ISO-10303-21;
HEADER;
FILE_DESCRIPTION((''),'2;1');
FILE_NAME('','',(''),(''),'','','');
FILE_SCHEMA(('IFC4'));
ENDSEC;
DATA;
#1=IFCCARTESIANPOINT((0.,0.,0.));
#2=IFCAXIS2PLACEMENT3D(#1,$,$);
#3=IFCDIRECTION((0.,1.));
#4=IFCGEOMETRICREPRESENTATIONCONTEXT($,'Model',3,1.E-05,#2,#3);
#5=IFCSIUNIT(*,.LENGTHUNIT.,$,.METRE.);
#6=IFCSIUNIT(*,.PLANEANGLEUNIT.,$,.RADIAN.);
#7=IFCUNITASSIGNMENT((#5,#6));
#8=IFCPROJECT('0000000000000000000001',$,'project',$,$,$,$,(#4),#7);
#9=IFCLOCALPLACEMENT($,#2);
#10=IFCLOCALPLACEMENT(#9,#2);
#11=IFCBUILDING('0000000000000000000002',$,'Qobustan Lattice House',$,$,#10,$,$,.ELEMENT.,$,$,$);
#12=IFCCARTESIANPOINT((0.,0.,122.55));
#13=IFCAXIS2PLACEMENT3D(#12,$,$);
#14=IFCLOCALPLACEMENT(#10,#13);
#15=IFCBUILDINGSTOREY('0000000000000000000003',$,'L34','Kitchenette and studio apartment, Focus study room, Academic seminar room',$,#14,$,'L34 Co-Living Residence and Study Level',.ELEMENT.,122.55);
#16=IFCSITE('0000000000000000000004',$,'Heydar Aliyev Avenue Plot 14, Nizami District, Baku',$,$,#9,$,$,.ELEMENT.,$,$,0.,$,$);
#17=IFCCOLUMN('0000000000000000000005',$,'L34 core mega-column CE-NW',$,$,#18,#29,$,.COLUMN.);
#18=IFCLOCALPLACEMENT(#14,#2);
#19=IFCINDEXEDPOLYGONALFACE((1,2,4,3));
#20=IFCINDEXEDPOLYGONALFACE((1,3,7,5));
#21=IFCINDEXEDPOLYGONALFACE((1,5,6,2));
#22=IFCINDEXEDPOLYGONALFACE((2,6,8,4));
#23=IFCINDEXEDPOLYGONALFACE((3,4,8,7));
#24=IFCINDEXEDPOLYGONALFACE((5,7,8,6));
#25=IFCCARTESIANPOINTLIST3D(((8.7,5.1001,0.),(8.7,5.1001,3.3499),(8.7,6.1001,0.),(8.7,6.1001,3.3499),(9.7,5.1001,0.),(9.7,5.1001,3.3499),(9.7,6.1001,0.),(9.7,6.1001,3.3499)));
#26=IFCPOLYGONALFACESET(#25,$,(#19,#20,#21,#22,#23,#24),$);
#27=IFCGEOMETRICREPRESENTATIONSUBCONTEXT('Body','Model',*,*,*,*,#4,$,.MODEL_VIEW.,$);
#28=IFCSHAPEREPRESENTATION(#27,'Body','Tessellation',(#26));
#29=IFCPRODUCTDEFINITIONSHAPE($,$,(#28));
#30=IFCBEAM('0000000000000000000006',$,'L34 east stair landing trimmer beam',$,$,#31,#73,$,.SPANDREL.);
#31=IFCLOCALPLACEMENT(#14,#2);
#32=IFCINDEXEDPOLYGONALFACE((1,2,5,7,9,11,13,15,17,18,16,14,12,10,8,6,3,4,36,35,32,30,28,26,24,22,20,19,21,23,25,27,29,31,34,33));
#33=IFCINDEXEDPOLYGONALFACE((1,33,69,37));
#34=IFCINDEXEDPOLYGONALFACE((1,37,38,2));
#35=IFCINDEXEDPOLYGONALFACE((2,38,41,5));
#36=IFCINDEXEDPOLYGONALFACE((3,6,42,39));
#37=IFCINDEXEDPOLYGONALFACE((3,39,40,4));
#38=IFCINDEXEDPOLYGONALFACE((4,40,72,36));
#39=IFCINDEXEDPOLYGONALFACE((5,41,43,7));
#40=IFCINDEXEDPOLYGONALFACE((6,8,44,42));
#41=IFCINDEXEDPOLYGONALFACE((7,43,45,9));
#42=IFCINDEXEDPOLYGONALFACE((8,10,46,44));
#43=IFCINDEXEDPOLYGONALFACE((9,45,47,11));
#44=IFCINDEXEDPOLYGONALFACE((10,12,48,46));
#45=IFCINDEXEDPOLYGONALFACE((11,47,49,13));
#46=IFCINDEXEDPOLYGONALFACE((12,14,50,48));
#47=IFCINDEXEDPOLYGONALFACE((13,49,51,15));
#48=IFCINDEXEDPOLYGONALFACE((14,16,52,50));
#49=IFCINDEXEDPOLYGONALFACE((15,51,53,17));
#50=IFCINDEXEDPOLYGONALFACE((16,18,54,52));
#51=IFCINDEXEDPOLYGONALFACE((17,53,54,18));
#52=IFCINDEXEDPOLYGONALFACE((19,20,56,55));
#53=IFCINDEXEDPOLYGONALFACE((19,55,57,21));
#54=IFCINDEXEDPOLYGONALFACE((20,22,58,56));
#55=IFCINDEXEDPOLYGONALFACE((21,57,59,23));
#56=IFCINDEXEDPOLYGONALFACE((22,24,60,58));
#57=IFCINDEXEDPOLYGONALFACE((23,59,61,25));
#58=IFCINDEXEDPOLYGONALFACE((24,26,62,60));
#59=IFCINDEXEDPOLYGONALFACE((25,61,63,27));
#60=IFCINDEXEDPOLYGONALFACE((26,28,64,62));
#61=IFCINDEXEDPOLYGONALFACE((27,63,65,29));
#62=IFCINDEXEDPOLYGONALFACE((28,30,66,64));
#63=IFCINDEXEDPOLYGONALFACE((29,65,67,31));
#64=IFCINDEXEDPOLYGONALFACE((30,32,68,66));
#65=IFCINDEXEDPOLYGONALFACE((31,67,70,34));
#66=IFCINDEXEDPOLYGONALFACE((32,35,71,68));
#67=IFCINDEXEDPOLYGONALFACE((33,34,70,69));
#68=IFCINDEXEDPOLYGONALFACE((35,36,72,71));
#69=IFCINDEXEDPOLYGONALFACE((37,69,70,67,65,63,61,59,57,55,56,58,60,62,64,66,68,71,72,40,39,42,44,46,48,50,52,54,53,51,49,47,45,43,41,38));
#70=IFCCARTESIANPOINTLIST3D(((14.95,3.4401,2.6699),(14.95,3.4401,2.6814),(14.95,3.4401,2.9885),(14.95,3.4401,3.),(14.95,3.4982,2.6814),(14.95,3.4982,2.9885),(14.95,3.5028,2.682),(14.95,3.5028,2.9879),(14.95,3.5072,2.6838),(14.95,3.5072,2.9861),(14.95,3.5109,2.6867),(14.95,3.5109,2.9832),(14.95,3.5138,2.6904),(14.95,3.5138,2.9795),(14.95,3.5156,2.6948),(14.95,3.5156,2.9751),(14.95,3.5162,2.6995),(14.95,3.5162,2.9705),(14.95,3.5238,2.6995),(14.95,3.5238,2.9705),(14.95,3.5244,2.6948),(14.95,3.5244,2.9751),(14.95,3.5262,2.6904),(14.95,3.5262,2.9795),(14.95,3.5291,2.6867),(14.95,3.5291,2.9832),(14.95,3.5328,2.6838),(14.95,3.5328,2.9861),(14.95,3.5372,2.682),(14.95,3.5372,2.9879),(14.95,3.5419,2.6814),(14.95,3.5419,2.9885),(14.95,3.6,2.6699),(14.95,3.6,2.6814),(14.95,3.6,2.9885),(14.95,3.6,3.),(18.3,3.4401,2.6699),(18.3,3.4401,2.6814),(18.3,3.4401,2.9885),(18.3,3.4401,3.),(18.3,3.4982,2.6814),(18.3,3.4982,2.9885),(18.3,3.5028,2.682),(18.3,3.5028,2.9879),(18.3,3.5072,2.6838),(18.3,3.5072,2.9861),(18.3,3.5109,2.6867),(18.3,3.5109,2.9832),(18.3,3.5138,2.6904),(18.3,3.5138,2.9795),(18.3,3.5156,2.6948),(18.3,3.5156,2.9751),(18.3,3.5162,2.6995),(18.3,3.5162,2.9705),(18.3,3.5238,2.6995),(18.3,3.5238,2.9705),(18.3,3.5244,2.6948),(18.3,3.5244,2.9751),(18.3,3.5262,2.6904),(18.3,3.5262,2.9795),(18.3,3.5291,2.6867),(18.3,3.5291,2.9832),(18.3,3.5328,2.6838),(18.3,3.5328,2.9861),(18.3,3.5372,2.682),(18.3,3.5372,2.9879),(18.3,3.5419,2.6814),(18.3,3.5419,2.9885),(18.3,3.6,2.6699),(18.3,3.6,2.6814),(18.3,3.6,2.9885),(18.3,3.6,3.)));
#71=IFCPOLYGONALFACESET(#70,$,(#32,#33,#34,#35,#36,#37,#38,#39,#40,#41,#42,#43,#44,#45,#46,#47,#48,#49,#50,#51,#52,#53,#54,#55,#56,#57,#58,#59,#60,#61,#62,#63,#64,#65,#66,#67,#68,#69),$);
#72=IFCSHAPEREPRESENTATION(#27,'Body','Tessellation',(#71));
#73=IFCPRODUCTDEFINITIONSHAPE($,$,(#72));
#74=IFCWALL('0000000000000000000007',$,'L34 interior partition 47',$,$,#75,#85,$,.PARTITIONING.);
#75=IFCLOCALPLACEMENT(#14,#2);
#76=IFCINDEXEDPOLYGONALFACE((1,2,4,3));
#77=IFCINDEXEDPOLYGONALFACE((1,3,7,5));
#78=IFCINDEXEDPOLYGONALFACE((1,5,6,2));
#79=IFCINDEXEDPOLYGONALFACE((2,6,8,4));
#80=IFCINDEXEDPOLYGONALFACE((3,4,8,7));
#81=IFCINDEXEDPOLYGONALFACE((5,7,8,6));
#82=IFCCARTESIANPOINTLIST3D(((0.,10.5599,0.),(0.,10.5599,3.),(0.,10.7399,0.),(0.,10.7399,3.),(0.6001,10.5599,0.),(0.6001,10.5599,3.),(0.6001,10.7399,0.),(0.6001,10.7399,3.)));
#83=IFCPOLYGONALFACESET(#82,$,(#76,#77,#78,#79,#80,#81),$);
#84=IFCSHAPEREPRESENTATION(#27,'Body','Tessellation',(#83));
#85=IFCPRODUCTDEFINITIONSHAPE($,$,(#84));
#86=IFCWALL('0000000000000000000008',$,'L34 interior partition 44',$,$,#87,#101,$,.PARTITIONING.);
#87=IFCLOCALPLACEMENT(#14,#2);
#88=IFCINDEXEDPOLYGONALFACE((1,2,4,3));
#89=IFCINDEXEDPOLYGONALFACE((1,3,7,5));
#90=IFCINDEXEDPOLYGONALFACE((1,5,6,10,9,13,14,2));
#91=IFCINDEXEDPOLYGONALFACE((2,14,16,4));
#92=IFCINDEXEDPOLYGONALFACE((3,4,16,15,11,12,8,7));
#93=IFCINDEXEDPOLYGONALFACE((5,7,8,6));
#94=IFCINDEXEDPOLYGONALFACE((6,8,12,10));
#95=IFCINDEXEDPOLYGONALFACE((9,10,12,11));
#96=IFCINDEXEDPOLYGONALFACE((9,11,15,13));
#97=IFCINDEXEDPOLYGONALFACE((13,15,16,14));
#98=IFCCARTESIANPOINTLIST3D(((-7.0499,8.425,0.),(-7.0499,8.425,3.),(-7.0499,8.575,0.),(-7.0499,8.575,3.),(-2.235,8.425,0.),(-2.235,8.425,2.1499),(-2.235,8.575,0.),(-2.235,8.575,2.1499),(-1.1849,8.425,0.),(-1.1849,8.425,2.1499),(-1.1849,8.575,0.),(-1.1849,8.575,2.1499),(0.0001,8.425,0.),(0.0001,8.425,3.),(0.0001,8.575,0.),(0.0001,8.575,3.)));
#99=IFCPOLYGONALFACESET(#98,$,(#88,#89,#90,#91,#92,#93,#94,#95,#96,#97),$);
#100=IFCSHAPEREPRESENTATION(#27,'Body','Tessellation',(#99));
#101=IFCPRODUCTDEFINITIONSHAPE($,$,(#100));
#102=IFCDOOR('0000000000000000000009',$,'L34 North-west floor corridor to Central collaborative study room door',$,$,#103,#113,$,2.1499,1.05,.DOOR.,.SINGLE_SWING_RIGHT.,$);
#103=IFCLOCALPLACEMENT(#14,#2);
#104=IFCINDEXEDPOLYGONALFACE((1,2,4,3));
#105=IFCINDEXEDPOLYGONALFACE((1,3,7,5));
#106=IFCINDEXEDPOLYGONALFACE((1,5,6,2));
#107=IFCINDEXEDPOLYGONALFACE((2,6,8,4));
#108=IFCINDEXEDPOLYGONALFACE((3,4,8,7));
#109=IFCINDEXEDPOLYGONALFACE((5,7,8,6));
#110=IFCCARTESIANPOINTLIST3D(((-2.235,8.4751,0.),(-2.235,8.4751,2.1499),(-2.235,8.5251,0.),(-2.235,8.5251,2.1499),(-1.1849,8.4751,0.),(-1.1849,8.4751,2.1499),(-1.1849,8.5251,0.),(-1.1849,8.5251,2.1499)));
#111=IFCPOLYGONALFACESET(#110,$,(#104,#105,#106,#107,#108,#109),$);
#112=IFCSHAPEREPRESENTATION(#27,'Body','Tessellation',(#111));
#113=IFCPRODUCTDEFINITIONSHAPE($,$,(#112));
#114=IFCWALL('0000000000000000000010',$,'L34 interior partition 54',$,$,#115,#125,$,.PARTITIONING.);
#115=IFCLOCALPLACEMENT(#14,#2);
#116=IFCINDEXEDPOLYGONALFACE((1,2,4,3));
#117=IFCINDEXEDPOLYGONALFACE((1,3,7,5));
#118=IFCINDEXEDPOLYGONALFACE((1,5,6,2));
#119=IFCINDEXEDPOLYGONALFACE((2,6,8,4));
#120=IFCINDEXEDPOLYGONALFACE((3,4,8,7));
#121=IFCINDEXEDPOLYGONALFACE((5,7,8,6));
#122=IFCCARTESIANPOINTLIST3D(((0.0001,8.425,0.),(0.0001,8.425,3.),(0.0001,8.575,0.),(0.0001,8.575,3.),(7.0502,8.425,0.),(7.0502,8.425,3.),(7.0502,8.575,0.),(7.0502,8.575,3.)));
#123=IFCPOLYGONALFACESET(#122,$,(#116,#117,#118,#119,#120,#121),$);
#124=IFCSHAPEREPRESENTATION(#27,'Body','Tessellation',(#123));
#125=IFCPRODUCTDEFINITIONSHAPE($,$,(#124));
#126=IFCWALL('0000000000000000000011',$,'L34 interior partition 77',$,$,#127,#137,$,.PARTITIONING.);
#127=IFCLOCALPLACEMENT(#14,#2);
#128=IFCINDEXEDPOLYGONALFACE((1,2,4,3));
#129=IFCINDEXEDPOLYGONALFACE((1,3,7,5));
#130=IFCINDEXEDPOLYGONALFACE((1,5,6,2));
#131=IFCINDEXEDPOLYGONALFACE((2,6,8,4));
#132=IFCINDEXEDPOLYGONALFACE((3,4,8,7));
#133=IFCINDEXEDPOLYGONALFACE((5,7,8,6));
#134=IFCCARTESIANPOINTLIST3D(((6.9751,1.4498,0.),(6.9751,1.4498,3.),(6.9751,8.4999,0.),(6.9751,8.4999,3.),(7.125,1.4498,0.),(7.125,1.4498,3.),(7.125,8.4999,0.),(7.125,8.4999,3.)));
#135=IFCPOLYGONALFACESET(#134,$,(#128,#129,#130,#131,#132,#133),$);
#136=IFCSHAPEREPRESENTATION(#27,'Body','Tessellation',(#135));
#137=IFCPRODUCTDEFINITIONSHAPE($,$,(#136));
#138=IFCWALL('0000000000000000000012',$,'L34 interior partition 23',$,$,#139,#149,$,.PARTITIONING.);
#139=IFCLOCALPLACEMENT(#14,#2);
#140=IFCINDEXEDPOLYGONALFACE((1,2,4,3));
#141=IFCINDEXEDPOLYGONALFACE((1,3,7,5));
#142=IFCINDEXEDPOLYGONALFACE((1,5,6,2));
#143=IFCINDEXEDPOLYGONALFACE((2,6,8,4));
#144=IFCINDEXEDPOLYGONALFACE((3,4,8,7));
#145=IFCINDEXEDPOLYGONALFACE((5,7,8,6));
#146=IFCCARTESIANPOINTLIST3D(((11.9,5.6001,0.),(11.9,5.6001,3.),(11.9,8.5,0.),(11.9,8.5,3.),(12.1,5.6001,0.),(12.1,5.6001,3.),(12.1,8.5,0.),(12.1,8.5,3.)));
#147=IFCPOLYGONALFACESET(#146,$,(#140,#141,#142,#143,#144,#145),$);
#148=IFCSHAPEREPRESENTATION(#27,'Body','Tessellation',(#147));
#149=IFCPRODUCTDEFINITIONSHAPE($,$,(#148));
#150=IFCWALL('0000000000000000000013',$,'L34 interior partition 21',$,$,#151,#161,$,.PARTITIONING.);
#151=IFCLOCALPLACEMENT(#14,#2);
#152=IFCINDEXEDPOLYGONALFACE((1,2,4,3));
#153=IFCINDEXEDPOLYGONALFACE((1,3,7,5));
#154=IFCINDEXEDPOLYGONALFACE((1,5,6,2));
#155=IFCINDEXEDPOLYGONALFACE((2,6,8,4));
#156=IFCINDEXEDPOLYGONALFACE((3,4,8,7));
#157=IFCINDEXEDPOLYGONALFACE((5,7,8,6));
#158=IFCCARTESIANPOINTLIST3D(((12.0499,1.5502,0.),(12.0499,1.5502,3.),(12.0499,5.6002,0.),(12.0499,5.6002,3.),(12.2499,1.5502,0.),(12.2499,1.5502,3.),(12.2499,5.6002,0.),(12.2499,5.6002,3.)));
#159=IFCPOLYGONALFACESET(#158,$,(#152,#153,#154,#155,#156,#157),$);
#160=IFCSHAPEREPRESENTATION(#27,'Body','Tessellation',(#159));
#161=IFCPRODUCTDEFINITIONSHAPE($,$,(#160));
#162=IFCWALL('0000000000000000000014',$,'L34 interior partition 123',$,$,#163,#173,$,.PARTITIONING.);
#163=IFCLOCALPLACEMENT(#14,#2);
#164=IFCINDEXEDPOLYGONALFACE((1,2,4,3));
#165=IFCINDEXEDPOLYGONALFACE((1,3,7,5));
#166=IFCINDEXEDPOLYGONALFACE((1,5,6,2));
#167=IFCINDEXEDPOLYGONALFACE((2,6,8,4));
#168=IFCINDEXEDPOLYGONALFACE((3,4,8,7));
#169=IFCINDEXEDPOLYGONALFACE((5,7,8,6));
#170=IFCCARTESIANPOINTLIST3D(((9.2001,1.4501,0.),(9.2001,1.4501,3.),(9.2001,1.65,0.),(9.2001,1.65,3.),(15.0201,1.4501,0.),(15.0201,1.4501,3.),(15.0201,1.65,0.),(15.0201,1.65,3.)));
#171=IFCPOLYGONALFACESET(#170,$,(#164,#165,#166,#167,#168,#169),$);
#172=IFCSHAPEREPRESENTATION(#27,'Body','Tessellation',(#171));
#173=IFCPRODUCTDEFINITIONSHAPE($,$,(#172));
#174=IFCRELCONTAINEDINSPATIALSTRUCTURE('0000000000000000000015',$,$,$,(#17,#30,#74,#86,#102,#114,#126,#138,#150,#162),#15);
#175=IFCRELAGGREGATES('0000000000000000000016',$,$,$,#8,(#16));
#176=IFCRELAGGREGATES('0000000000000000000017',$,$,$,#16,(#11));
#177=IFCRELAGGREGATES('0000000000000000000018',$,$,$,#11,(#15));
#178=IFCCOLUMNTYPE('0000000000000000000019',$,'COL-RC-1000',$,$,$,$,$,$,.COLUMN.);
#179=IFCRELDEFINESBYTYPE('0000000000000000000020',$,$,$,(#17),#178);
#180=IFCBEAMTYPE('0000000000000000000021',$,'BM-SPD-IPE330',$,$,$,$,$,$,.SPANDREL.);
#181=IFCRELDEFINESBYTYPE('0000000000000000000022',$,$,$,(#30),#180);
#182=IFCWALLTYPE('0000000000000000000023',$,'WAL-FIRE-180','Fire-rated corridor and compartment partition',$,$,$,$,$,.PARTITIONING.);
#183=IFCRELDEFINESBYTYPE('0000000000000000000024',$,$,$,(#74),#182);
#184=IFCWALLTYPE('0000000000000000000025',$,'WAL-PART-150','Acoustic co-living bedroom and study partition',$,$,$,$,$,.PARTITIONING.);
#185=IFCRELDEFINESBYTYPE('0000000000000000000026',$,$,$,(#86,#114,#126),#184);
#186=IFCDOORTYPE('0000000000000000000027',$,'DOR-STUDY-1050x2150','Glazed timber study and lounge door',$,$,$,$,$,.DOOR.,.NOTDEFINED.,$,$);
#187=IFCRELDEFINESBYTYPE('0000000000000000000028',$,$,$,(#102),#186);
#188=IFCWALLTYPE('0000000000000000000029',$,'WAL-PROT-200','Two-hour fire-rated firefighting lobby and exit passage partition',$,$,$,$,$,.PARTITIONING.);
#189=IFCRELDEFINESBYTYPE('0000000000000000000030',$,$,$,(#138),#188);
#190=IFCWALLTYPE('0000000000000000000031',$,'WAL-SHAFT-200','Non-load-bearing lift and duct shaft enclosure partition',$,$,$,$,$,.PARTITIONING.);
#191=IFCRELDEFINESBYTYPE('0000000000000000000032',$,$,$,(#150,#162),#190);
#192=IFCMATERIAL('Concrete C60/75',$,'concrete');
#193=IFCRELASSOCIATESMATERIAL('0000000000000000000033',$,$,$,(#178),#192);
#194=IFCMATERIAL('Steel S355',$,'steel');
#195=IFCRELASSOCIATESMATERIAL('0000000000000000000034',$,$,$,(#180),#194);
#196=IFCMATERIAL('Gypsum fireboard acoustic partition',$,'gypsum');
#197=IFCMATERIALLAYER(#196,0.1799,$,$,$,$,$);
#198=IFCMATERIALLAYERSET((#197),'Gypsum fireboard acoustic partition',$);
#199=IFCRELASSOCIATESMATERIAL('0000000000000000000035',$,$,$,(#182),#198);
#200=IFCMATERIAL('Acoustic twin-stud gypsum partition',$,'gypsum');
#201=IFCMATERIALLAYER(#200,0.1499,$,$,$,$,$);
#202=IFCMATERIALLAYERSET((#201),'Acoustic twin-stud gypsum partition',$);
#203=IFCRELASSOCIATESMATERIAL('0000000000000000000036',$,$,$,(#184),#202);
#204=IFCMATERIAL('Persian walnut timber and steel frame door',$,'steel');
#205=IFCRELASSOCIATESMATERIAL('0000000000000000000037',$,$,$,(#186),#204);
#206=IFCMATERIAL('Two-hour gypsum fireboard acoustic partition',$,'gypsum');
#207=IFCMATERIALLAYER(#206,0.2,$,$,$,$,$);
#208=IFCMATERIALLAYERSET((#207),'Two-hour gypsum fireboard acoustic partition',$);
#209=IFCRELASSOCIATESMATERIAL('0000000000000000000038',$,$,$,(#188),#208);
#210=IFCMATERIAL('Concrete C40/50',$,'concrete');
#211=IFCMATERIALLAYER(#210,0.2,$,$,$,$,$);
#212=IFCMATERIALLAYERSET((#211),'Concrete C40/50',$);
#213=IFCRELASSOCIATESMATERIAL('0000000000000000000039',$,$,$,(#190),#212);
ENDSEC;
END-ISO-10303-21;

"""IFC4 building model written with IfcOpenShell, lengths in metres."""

from ifc_helpers import new_model, si_unit, direction, frame, frame_2d, origin, origin_2d, place, context, subcontext, project, spatial, rectangle, i_section, extrude, material, layer, layer_set, material_profile, profile_set, type_object, element, fill, save


model = new_model("IFC4")

# Units and contexts
model_context = context("Model", 3, precision=1e-05, world=origin(), true_north=direction((0.0, 1.0)))
body_context = subcontext(model_context, "Body", "Model", "MODEL_VIEW")
ifc_project = project(units=[si_unit("LENGTHUNIT", "METRE"), si_unit("PLANEANGLEUNIT", "RADIAN")], contexts=[model_context])

# Site, building, storey
site_placement = place(None, origin())
site = spatial("IfcSite", under=ifc_project, at=site_placement, Name="Heydar Aliyev Avenue Plot 14, Nizami District, Baku", CompositionType="ELEMENT", RefElevation=0.0)
building_placement = place(site_placement, origin())
building = spatial("IfcBuilding", under=site, at=building_placement, Name="Qobustan Lattice House", CompositionType="ELEMENT")
storey_placement = place(building_placement, frame((0.0, 0.0, 122.55)))
storey = spatial("IfcBuildingStorey", under=building, at=storey_placement, Name="L34", Description="Kitchenette and studio apartment, Focus study room, Academic seminar room", LongName="L34 Co-Living Residence and Study Level", CompositionType="ELEMENT", Elevation=122.55)

# Column
ifc_material_1 = material(Name="Concrete C60/75", Category="concrete")
ifc_material_profile_1 = material_profile(ifc_material_1, rectangle(XDim=1.0, YDim=1.0, at=origin_2d()), Name="RC1000x1000")
ifc_profile_set_1 = profile_set([ifc_material_profile_1], Name="Concrete C60/75")
column_type = type_object("IfcColumnType", Name="COL-RC-1000", PredefinedType="COLUMN", material=ifc_profile_set_1)
column_placement = place(storey_placement, frame((9.2, 5.6001, 0.0), z_axis=(0.0, 0.0, 1.0), x_axis=(1.0, 0.0, 0.0)))
element("IfcColumn", 1, at=column_placement, inside=storey, type_object=column_type, Name="L34 core mega-column CE-NW", PredefinedType="COLUMN", context=body_context, shape_type="SweptSolid", body=[
    extrude(rectangle(XDim=1.0, YDim=1.0, at=origin_2d()), origin(), (0.0, 0.0, 1.0), 3.3499),
])

# Beam
ifc_material_2 = material(Name="Steel S355", Category="steel")
ifc_material_profile_2 = material_profile(ifc_material_2, i_section(OverallWidth=0.1599, OverallDepth=0.3301, WebThickness=0.0076, FlangeThickness=0.0115, FilletRadius=0.0181, at=origin_2d()), Name="IPE330")
ifc_profile_set_2 = profile_set([ifc_material_profile_2], Name="Steel S355")
beam_type = type_object("IfcBeamType", Name="BM-SPD-IPE330", PredefinedType="SPANDREL", material=ifc_profile_set_2)
beam_placement = place(storey_placement, frame((14.95, 3.52, 2.835), z_axis=(1.0, 0.0, 0.0), x_axis=(0.0, 1.0, 0.0)))
element("IfcBeam", 2, at=beam_placement, inside=storey, type_object=beam_type, Name="L34 east stair landing trimmer beam", PredefinedType="SPANDREL", context=body_context, shape_type="SweptSolid", body=[
    extrude(i_section(OverallWidth=0.1599, OverallDepth=0.3301, WebThickness=0.0076, FlangeThickness=0.0115, FilletRadius=0.0181, at=origin_2d()), origin(), (0.0, 0.0, 1.0), 3.3501),
])

# Wall
ifc_material_3 = material(Name="Gypsum fireboard acoustic partition", Category="gypsum")
ifc_layer_1 = layer(ifc_material_3, 0.1799)
ifc_layer_set_1 = layer_set([ifc_layer_1], Name="Gypsum fireboard acoustic partition")
wall_type_1 = type_object("IfcWallType", Name="WAL-FIRE-180", Description="Fire-rated corridor and compartment partition", PredefinedType="PARTITIONING", material=ifc_layer_set_1)
wall_1_placement = place(storey_placement, frame((0.0, 10.6499, 0.0), z_axis=(0.0, 0.0, 1.0), x_axis=(1.0, 0.0, 0.0)))
element("IfcWall", 3, at=wall_1_placement, inside=storey, type_object=wall_type_1, Name="L34 interior partition 47", PredefinedType="PARTITIONING", context=body_context, shape_type="SweptSolid", body=[
    extrude(rectangle(XDim=0.6001, YDim=0.1799, at=frame_2d((0.3, 0.0))), origin(), (0.0, 0.0, 1.0), 3.0),
])

# Wall, opening, door
ifc_material_4 = material(Name="Acoustic twin-stud gypsum partition", Category="gypsum")
ifc_layer_2 = layer(ifc_material_4, 0.1499)
ifc_layer_set_2 = layer_set([ifc_layer_2], Name="Acoustic twin-stud gypsum partition")
wall_type_2 = type_object("IfcWallType", Name="WAL-PART-150", Description="Acoustic co-living bedroom and study partition", PredefinedType="PARTITIONING", material=ifc_layer_set_2)
wall_2_placement = place(storey_placement, frame((0.0, 8.5, 0.0), z_axis=(0.0, 0.0, 1.0), x_axis=(-1.0, 0.0, 0.0)))
wall_2 = element("IfcWall", 4, at=wall_2_placement, inside=storey, type_object=wall_type_2, Name="L34 interior partition 44", PredefinedType="PARTITIONING", context=body_context, shape_type="SweptSolid", body=[
    extrude(rectangle(XDim=7.05, YDim=0.1499, at=frame_2d((3.5249, 0.0))), origin(), (0.0, 0.0, 1.0), 3.0),
])
opening_1_placement = place(wall_2_placement, frame((1.1851, 0.0, 0.0)))
opening_1 = element("IfcOpeningElement", 5, at=opening_1_placement, cuts=wall_2, PredefinedType="OPENING", context=body_context, shape_type="SweptSolid", body=[
    extrude(rectangle(XDim=1.05, YDim=2.1499, at=frame_2d((0.5249, 1.075))), frame((0.0, 0.085, 0.0), z_axis=(0.0, -1.0, 0.0), x_axis=(1.0, 0.0, 0.0)), (0.0, 0.0, 1.0), 0.1699),
])
ifc_material_5 = material(Name="Persian walnut timber and steel frame door", Category="steel")
door_type_1 = type_object("IfcDoorType", Name="DOR-STUDY-1050x2150", Description="Glazed timber study and lounge door", OperationType="NOTDEFINED", PredefinedType="DOOR", material=ifc_material_5)
door_1_placement = place(opening_1_placement, origin())
door_1 = element("IfcDoor", 6, at=door_1_placement, inside=storey, type_object=door_type_1, Name="L34 North-west floor corridor to Central collaborative study room door", OperationType="SINGLE_SWING_RIGHT", OverallHeight=2.1499, OverallWidth=1.05, PredefinedType="DOOR", context=body_context, shape_type="SweptSolid", body=[
    extrude(rectangle(XDim=1.05, YDim=2.1499, at=frame_2d((0.5249, 1.075))), frame((0.0, 0.0249, 0.0), z_axis=(0.0, -1.0, 0.0), x_axis=(1.0, 0.0, 0.0)), (0.0, 0.0, 1.0), 0.05),
])
fill(opening_1, door_1)

# Walls
for number, where, z_axis, x_axis, name in (
    (7, (7.05, 8.5, 0.0), (0.0, 0.0, 1.0), (-1.0, 0.0, 0.0), "L34 interior partition 54"),
    (8, (7.05, 1.45, 0.0), (0.0, 0.0, 1.0), (0.0, 1.0, 0.0), "L34 interior partition 77"),
):
    element("IfcWall", number, at=place(storey_placement, frame(where, z_axis=z_axis, x_axis=x_axis)), inside=storey, type_object=wall_type_2, Name=name, PredefinedType="PARTITIONING", context=body_context, shape_type="SweptSolid", body=[
        extrude(rectangle(XDim=7.05, YDim=0.1499, at=frame_2d((3.5249, 0.0))), origin(), (0.0, 0.0, 1.0), 3.0),
    ])
ifc_material_6 = material(Name="Two-hour gypsum fireboard acoustic partition", Category="gypsum")
ifc_layer_3 = layer(ifc_material_6, 0.2)
ifc_layer_set_3 = layer_set([ifc_layer_3], Name="Two-hour gypsum fireboard acoustic partition")
wall_type_3 = type_object("IfcWallType", Name="WAL-PROT-200", Description="Two-hour fire-rated firefighting lobby and exit passage partition", PredefinedType="PARTITIONING", material=ifc_layer_set_3)
wall_3_placement = place(storey_placement, frame((12.0, 8.5, 0.0), z_axis=(0.0, 0.0, 1.0), x_axis=(0.0, -1.0, 0.0)))
element("IfcWall", 9, at=wall_3_placement, inside=storey, type_object=wall_type_3, Name="L34 interior partition 23", PredefinedType="PARTITIONING", context=body_context, shape_type="SweptSolid", body=[
    extrude(rectangle(XDim=2.8999, YDim=0.2, at=frame_2d((1.45, 0.0))), origin(), (0.0, 0.0, 1.0), 3.0),
])
ifc_material_7 = material(Name="Concrete C40/50", Category="concrete")
ifc_layer_4 = layer(ifc_material_7, 0.2)
ifc_layer_set_4 = layer_set([ifc_layer_4], Name="Concrete C40/50")
wall_type_4 = type_object("IfcWallType", Name="WAL-SHAFT-200", Description="Non-load-bearing lift and duct shaft enclosure partition", PredefinedType="PARTITIONING", material=ifc_layer_set_4)
wall_4_placement = place(storey_placement, frame((12.1499, 5.6001, 0.0), z_axis=(0.0, 0.0, 1.0), x_axis=(0.0, -1.0, 0.0)))
element("IfcWall", 10, at=wall_4_placement, inside=storey, type_object=wall_type_4, Name="L34 interior partition 21", PredefinedType="PARTITIONING", context=body_context, shape_type="SweptSolid", body=[
    extrude(rectangle(XDim=4.05, YDim=0.2, at=frame_2d((2.0249, 0.0))), origin(), (0.0, 0.0, 1.0), 3.0),
])
wall_5_placement = place(storey_placement, frame((9.2, 1.55, 0.0), z_axis=(0.0, 0.0, 1.0), x_axis=(1.0, 0.0, 0.0)))
element("IfcWall", 11, at=wall_5_placement, inside=storey, type_object=wall_type_4, Name="L34 interior partition 123", PredefinedType="PARTITIONING", context=body_context, shape_type="SweptSolid", body=[
    extrude(rectangle(XDim=5.8201, YDim=0.2, at=frame_2d((2.9102, 0.0))), origin(), (0.0, 0.0, 1.0), 3.0),
])

save(model, "model.ifc")
